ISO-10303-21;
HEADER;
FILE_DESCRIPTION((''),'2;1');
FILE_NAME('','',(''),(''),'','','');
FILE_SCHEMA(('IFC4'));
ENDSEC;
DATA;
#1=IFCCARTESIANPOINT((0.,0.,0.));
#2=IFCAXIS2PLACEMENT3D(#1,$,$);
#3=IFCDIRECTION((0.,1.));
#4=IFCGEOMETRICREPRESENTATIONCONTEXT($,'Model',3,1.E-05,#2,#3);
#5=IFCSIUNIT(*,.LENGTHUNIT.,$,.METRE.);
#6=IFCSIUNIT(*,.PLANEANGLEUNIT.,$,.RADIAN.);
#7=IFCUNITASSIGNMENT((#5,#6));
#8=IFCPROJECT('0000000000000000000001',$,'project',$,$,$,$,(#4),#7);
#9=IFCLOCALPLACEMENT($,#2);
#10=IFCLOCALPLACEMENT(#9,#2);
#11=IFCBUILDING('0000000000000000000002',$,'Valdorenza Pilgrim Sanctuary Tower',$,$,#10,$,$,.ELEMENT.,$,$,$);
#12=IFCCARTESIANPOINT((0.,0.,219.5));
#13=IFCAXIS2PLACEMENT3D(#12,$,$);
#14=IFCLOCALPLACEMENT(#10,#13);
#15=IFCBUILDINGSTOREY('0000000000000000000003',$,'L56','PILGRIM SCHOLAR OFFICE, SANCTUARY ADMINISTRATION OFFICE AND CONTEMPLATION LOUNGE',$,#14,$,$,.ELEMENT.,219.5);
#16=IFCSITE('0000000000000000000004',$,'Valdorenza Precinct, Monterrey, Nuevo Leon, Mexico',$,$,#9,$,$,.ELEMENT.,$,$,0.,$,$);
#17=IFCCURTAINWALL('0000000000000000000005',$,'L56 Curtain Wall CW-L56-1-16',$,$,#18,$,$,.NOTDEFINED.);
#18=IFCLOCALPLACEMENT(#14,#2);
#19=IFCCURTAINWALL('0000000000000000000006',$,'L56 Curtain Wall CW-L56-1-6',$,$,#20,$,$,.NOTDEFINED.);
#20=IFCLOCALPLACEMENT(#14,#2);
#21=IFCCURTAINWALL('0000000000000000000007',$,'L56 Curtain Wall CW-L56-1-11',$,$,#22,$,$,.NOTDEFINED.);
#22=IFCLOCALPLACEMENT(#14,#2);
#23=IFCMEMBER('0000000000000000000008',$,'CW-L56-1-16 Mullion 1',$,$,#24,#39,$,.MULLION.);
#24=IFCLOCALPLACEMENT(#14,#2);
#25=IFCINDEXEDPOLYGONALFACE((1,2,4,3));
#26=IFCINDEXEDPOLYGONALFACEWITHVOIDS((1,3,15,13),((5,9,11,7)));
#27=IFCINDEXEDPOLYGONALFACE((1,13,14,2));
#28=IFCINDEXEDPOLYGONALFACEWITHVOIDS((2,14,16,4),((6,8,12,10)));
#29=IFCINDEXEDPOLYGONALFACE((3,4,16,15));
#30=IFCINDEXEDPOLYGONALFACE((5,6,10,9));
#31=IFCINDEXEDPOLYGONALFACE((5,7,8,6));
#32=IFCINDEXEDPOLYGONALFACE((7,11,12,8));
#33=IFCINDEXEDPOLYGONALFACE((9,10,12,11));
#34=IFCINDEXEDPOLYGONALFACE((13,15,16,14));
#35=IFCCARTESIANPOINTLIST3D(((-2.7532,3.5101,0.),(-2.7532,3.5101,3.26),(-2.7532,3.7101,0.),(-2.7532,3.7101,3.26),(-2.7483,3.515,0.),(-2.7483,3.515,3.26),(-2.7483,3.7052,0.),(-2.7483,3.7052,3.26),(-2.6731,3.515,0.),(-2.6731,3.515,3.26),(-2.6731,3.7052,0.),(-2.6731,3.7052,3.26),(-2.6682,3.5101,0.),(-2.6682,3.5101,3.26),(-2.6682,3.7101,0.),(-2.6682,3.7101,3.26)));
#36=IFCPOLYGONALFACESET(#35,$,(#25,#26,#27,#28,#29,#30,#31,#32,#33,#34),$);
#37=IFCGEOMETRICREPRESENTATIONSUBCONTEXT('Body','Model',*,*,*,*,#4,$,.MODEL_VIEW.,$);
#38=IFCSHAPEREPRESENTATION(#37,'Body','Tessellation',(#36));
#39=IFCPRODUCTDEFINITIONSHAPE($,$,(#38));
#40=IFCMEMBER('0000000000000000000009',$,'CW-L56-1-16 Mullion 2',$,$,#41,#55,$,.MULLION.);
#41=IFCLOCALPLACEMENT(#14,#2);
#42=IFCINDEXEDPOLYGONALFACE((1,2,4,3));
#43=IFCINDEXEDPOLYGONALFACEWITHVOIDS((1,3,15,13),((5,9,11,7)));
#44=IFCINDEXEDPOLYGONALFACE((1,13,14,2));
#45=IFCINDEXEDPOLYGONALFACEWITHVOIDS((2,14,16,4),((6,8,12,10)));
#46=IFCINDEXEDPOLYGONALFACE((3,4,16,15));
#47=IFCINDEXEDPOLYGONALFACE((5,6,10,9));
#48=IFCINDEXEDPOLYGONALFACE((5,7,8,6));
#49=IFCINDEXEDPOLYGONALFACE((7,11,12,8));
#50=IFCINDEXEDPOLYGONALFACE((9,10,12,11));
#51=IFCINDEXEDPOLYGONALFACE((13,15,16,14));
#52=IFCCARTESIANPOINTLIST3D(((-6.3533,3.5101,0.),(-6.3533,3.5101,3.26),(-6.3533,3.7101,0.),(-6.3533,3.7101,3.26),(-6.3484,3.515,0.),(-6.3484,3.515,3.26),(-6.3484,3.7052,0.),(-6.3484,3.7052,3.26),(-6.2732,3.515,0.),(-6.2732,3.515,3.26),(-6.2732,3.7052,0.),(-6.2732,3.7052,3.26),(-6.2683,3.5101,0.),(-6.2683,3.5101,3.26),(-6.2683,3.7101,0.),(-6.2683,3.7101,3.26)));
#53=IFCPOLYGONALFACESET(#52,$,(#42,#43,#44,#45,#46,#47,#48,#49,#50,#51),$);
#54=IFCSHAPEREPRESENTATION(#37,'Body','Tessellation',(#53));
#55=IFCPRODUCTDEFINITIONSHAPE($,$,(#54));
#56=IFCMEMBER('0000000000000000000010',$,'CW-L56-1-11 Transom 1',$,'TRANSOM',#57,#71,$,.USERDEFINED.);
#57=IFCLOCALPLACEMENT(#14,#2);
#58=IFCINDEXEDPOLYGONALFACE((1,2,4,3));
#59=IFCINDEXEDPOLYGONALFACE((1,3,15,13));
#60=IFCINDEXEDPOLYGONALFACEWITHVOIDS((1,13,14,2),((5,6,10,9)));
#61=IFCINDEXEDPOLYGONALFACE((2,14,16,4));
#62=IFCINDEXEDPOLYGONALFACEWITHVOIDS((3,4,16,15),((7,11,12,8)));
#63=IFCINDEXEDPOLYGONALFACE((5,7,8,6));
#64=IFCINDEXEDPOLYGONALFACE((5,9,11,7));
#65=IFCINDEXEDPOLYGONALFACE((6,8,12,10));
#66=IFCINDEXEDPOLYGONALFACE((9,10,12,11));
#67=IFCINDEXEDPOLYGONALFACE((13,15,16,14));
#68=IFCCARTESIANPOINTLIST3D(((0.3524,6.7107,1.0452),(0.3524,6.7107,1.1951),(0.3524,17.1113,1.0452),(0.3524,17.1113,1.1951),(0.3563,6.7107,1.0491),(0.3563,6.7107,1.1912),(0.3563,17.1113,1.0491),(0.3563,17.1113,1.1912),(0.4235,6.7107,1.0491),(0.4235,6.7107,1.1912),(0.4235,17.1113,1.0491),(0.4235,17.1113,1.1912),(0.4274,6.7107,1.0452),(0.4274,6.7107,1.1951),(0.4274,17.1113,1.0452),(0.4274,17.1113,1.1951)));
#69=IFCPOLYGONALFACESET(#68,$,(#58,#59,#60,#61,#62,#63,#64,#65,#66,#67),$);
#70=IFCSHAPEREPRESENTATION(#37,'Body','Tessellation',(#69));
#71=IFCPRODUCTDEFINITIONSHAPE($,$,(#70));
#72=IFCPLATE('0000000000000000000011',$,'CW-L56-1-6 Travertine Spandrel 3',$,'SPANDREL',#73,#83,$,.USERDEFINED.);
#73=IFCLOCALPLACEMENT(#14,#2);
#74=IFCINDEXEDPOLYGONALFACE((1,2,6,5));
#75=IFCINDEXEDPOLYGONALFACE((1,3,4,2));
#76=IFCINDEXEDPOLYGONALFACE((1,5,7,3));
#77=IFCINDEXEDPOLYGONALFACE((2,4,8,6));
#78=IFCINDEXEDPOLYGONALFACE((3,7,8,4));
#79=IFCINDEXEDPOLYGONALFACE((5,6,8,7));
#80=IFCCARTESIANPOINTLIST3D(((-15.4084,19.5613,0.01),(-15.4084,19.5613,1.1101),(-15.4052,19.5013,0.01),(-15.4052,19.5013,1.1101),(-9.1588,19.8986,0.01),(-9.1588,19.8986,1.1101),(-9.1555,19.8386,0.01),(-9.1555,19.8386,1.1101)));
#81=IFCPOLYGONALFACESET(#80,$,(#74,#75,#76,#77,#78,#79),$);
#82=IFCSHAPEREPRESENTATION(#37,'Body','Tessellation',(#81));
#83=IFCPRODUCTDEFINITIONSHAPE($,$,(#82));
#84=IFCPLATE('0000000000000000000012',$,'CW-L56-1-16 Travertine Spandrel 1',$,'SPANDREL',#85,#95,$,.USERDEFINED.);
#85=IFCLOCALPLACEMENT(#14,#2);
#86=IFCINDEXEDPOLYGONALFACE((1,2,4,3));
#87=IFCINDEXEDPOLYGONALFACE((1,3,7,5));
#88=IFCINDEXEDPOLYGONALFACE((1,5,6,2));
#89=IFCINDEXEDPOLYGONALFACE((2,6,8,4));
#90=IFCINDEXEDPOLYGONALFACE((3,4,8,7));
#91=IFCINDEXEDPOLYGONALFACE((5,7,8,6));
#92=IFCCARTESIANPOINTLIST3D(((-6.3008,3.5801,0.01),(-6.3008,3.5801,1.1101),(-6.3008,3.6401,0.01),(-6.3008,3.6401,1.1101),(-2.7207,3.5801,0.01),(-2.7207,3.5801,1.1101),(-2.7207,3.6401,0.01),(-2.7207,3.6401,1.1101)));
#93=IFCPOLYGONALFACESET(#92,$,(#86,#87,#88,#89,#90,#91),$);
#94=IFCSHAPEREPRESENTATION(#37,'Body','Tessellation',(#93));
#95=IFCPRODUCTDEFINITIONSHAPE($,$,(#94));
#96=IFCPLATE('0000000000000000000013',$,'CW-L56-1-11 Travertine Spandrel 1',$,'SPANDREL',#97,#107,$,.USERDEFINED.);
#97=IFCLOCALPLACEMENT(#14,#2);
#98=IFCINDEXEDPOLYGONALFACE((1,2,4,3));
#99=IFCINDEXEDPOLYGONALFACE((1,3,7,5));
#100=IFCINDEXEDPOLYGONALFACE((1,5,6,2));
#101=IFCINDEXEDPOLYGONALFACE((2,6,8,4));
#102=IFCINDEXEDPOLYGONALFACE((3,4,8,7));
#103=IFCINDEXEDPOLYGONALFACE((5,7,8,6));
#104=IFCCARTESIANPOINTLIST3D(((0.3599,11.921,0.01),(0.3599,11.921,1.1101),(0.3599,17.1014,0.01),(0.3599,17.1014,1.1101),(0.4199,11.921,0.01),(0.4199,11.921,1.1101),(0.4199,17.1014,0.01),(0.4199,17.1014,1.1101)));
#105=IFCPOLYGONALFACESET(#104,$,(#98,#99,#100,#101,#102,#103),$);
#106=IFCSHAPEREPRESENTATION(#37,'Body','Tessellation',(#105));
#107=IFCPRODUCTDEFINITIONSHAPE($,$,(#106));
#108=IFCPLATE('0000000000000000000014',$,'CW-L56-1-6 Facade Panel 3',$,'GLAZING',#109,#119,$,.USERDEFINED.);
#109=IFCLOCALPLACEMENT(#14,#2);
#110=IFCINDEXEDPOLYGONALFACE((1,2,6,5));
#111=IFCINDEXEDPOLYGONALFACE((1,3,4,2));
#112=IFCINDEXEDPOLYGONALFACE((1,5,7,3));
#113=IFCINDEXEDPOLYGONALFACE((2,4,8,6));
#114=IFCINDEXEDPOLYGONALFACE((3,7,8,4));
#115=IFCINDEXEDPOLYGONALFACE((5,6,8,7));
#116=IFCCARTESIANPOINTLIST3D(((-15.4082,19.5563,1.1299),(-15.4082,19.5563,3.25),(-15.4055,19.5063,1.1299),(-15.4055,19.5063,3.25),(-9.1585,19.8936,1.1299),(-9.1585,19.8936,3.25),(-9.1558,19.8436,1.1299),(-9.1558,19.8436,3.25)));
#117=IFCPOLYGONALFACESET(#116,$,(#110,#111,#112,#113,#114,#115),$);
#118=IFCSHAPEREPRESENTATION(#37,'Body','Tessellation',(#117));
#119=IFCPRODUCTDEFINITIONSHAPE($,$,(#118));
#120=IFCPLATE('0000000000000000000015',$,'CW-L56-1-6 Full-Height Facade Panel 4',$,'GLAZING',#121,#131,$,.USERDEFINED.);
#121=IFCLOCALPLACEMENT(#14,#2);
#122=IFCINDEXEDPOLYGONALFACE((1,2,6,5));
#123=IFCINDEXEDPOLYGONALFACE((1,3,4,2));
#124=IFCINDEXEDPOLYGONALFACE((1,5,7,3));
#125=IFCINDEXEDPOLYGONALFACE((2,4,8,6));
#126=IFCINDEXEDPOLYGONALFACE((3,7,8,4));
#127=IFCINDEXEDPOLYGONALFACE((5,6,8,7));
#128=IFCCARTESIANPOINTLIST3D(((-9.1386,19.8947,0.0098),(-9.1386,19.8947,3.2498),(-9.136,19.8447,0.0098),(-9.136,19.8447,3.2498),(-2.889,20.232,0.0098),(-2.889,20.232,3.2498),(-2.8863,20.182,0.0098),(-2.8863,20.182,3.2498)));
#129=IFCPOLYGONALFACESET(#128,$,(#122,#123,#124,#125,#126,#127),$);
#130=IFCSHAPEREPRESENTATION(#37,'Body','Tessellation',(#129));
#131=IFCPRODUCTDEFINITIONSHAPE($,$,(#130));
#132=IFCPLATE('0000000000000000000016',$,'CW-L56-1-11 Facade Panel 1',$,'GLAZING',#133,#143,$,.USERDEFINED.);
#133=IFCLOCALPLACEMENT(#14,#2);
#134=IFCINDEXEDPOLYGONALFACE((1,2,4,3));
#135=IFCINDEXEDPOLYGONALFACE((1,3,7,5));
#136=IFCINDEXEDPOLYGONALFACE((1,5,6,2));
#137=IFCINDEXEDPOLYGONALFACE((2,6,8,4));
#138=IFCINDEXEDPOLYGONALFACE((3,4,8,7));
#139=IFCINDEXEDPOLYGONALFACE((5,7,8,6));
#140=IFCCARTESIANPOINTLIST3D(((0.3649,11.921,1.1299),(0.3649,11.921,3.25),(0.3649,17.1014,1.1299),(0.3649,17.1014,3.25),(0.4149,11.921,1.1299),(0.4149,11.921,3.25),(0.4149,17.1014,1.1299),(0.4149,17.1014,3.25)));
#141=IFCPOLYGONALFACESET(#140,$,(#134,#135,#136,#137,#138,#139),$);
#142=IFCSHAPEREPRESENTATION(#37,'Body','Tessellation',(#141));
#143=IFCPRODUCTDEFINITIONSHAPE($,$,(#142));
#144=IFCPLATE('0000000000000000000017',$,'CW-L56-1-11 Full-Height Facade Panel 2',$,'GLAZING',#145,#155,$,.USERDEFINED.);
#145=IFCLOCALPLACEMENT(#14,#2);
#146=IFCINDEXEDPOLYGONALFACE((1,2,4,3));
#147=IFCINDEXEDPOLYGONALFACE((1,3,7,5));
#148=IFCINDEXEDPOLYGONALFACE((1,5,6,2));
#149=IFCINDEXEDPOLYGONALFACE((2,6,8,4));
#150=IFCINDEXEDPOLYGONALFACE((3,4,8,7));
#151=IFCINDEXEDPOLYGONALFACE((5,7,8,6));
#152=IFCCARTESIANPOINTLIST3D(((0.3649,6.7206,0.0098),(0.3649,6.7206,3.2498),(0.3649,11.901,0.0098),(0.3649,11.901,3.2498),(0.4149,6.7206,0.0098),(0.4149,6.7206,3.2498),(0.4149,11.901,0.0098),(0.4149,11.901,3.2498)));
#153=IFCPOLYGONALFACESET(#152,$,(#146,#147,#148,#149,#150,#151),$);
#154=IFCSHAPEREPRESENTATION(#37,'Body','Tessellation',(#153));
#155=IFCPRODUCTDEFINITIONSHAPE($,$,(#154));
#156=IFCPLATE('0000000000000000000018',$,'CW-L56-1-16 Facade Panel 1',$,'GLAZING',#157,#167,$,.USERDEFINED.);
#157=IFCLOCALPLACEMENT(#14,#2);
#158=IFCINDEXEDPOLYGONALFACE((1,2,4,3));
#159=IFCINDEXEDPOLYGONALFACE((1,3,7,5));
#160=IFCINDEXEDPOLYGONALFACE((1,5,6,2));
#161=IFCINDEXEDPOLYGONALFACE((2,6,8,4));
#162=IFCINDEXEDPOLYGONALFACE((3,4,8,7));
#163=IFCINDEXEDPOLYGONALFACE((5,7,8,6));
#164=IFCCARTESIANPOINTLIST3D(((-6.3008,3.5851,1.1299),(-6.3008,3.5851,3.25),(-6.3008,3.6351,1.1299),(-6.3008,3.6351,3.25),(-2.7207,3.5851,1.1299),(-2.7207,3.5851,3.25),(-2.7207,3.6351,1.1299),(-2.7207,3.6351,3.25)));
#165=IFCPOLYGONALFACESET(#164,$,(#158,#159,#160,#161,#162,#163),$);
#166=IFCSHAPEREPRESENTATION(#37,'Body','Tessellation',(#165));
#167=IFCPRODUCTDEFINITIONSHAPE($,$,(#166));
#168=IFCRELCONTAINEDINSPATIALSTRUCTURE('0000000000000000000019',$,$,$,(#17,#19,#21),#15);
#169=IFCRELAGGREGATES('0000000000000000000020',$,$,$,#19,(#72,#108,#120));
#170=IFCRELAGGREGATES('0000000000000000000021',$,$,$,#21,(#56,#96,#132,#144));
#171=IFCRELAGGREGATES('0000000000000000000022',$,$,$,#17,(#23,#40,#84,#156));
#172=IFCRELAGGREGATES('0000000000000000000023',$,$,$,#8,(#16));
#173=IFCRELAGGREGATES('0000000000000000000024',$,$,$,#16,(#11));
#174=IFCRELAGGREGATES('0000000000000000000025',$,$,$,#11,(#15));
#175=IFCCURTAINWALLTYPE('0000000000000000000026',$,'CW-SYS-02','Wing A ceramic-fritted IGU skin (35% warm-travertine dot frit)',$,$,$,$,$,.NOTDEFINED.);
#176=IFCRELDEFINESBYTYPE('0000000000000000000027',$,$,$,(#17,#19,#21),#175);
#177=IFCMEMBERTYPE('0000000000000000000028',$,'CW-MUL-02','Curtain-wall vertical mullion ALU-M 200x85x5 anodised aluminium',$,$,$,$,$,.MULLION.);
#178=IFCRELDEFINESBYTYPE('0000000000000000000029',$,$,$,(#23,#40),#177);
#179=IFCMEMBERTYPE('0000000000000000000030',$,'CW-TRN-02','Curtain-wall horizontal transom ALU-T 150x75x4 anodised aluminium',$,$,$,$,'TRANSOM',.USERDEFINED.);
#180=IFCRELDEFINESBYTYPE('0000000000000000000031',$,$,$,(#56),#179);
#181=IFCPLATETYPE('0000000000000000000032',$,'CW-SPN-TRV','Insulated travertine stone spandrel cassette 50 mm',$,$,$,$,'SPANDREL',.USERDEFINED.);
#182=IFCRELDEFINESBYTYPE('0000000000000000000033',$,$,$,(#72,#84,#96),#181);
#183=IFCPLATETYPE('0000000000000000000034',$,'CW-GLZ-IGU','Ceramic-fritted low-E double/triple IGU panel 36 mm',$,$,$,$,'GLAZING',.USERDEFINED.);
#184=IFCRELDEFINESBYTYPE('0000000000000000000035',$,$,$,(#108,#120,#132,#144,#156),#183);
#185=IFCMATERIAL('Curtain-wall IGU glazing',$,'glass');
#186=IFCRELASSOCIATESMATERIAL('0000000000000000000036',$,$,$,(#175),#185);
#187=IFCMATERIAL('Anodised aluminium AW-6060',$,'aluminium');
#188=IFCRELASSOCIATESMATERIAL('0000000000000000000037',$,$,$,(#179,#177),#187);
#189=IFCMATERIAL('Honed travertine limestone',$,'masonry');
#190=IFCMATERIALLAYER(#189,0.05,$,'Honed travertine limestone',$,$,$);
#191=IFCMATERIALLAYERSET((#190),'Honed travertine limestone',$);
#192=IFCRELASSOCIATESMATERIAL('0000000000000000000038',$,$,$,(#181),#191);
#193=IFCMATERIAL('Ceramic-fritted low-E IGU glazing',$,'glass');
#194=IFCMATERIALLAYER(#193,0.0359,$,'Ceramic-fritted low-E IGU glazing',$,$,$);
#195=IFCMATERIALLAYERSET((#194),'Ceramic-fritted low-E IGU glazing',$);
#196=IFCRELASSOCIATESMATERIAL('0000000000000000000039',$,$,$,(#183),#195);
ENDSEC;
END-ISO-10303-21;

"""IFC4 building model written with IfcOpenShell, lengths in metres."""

from ifc_helpers import new_model, si_unit, direction, frame, origin, origin_2d, place, context, subcontext, project, spatial, rectangle, hollow_rectangle, extrude, source, transform, mapped, material, layer, layer_set, material_profile, profile_set, type_object, element, aggregate, save


model = new_model("IFC4")

# Units and contexts
model_context = context("Model", 3, precision=1e-05, world=origin(), true_north=direction((0.0, 1.0)))
body_context = subcontext(model_context, "Body", "Model", "MODEL_VIEW")
ifc_project = project(units=[si_unit("LENGTHUNIT", "METRE"), si_unit("PLANEANGLEUNIT", "RADIAN")], contexts=[model_context])

# Site, building, storey
site_placement = place(None, origin())
site = spatial("IfcSite", under=ifc_project, at=site_placement, Name="Valdorenza Precinct, Monterrey, Nuevo Leon, Mexico", CompositionType="ELEMENT", RefElevation=0.0)
building_placement = place(site_placement, origin())
building = spatial("IfcBuilding", under=site, at=building_placement, Name="Valdorenza Pilgrim Sanctuary Tower", CompositionType="ELEMENT")
storey_placement = place(building_placement, frame((0.0, 0.0, 219.5)))
storey = spatial("IfcBuildingStorey", under=building, at=storey_placement, Name="L56", Description="PILGRIM SCHOLAR OFFICE, SANCTUARY ADMINISTRATION OFFICE AND CONTEMPLATION LOUNGE", CompositionType="ELEMENT", Elevation=219.5)

# Curtain wall
ifc_material_1 = material(Name="Curtain-wall IGU glazing", Category="glass")
curtain_wall_type = type_object("IfcCurtainWallType", Name="CW-SYS-02", Description="Wing A ceramic-fritted IGU skin (35% warm-travertine dot frit)", PredefinedType="NOTDEFINED", material=ifc_material_1)
curtain_wall_1_placement = place(storey_placement, origin())
curtain_wall_1 = element("IfcCurtainWall", 1, at=curtain_wall_1_placement, inside=storey, type_object=curtain_wall_type, Name="L56 Curtain Wall CW-L56-1-16", PredefinedType="NOTDEFINED")
ifc_material_2 = material(Name="Anodised aluminium AW-6060", Category="aluminium")
ifc_material_profile_1 = material_profile(ifc_material_2, hollow_rectangle(XDim=0.075, YDim=0.1499, WallThickness=0.0039, at=origin_2d()), Name="ALU-T 150x75x4")
ifc_profile_set_1 = profile_set([ifc_material_profile_1], Name="Anodised aluminium AW-6060")
member_type_1 = type_object("IfcMemberType", Name="CW-TRN-02", Description="Curtain-wall horizontal transom ALU-T 150x75x4 anodised aluminium", ElementType="TRANSOM", PredefinedType="USERDEFINED", material=ifc_profile_set_1)

# Curtain walls
curtain_wall_2_placement = place(storey_placement, origin())
curtain_wall_2 = element("IfcCurtainWall", 2, at=curtain_wall_2_placement, inside=storey, type_object=curtain_wall_type, Name="L56 Curtain Wall CW-L56-1-6", PredefinedType="NOTDEFINED")
ifc_material_profile_2 = material_profile(ifc_material_2, hollow_rectangle(XDim=0.085, YDim=0.2, WallThickness=0.0049, at=origin_2d()), Name="ALU-M 200x85x5")
ifc_profile_set_2 = profile_set([ifc_material_profile_2], Name="Anodised aluminium AW-6060")
member_type_2 = type_object("IfcMemberType", Name="CW-MUL-02", Description="Curtain-wall vertical mullion ALU-M 200x85x5 anodised aluminium", PredefinedType="MULLION", material=ifc_profile_set_2)
shared_shape_1 = source(origin(), body_context, "Body", "SweptSolid", [
    extrude(hollow_rectangle(XDim=0.085, YDim=0.2, WallThickness=0.0049, at=origin_2d()), origin(), (0.0, 0.0, 1.0), 3.26),
])
curtain_wall_3_placement = place(storey_placement, origin())
curtain_wall_3 = element("IfcCurtainWall", 3, at=curtain_wall_3_placement, inside=storey, type_object=curtain_wall_type, Name="L56 Curtain Wall CW-L56-1-11", PredefinedType="NOTDEFINED")

# Members
member_1_placement = place(storey_placement, frame((-2.7107, 3.6101, 0.0), z_axis=(0.0, 0.0, 1.0), x_axis=(-1.0, 0.0, 0.0)))
member_1 = element("IfcMember", 4, at=member_1_placement, type_object=member_type_2, Name="CW-L56-1-16 Mullion 1", PredefinedType="MULLION", context=body_context, shape_type="MappedRepresentation", body=[
    mapped(shared_shape_1, transform((0.0, 0.0, 0.0), x_axis=(1.0, 0.0, 0.0), y_axis=(0.0, 1.0, 0.0), z_axis=(0.0, 0.0, 1.0), scale=1.0)),
])
member_2_placement = place(storey_placement, frame((-6.3108, 3.6101, 0.0), z_axis=(0.0, 0.0, 1.0), x_axis=(-1.0, 0.0, 0.0)))
member_2 = element("IfcMember", 5, at=member_2_placement, type_object=member_type_2, Name="CW-L56-1-16 Mullion 2", PredefinedType="MULLION", context=body_context, shape_type="MappedRepresentation", body=[
    mapped(shared_shape_1, transform((0.0, 0.0, 0.0), x_axis=(1.0, 0.0, 0.0), y_axis=(0.0, 1.0, 0.0), z_axis=(0.0, 0.0, 1.0), scale=1.0)),
])
shared_shape_2 = source(origin(), body_context, "Body", "SweptSolid", [
    extrude(hollow_rectangle(XDim=0.075, YDim=0.1499, WallThickness=0.0039, at=origin_2d()), origin(), (0.0, 0.0, 1.0), 10.4006),
])
member_3_placement = place(storey_placement, frame((0.3899, 17.1113, 1.1201), z_axis=(0.0, -1.0, 0.0), x_axis=(1.0, 0.0, 0.0)))
member_3 = element("IfcMember", 6, at=member_3_placement, type_object=member_type_1, Name="CW-L56-1-11 Transom 1", ObjectType="TRANSOM", PredefinedType="USERDEFINED", context=body_context, shape_type="MappedRepresentation", body=[
    mapped(shared_shape_2, transform((0.0, 0.0, 0.0), x_axis=(1.0, 0.0, 0.0), y_axis=(0.0, 1.0, 0.0), z_axis=(0.0, 0.0, 1.0), scale=1.0)),
])

# Plates
ifc_material_3 = material(Name="Honed travertine limestone", Category="masonry")
ifc_layer_1 = layer(ifc_material_3, 0.05, Name="Honed travertine limestone")
ifc_layer_set_1 = layer_set([ifc_layer_1], Name="Honed travertine limestone")
plate_type_1 = type_object("IfcPlateType", Name="CW-SPN-TRV", Description="Insulated travertine stone spandrel cassette 50 mm", ElementType="SPANDREL", PredefinedType="USERDEFINED", material=ifc_layer_set_1)
shared_shape_3 = source(origin(), body_context, "Body", "SweptSolid", [
    extrude(rectangle(XDim=6.2588, YDim=0.0601, at=origin_2d()), origin(), (0.0, 0.0, 1.0), 1.1001),
])
plate_1_placement = place(storey_placement, frame((-12.282, 19.7, 0.01), z_axis=(0.0, 0.0, 1.0), x_axis=(0.998547, 0.053887, 0.0)))
plate_1 = element("IfcPlate", 7, at=plate_1_placement, type_object=plate_type_1, Name="CW-L56-1-6 Travertine Spandrel 3", ObjectType="SPANDREL", PredefinedType="USERDEFINED", context=body_context, shape_type="MappedRepresentation", body=[
    mapped(shared_shape_3, transform((0.0, 0.0, 0.0), x_axis=(1.0, 0.0, 0.0), y_axis=(0.0, 1.0, 0.0), z_axis=(0.0, 0.0, 1.0), scale=1.0)),
])
shared_shape_4 = source(origin(), body_context, "Body", "SweptSolid", [
    extrude(rectangle(XDim=3.5801, YDim=0.0601, at=origin_2d()), origin(), (0.0, 0.0, 1.0), 1.1001),
])
plate_2_placement = place(storey_placement, frame((-4.5107, 3.6101, 0.01), z_axis=(0.0, 0.0, 1.0), x_axis=(-1.0, 0.0, 0.0)))
plate_2 = element("IfcPlate", 8, at=plate_2_placement, type_object=plate_type_1, Name="CW-L56-1-16 Travertine Spandrel 1", ObjectType="SPANDREL", PredefinedType="USERDEFINED", context=body_context, shape_type="MappedRepresentation", body=[
    mapped(shared_shape_4, transform((0.0, 0.0, 0.0), x_axis=(1.0, 0.0, 0.0), y_axis=(0.0, 1.0, 0.0), z_axis=(0.0, 0.0, 1.0), scale=1.0)),
])
shared_shape_5 = source(origin(), body_context, "Body", "SweptSolid", [
    extrude(rectangle(XDim=5.1804, YDim=0.0601, at=origin_2d()), origin(), (0.0, 0.0, 1.0), 1.1001),
])
plate_3_placement = place(storey_placement, frame((0.3899, 14.5112, 0.01), z_axis=(0.0, 0.0, 1.0), x_axis=(0.0, -1.0, 0.0)))
plate_3 = element("IfcPlate", 9, at=plate_3_placement, type_object=plate_type_1, Name="CW-L56-1-11 Travertine Spandrel 1", ObjectType="SPANDREL", PredefinedType="USERDEFINED", context=body_context, shape_type="MappedRepresentation", body=[
    mapped(shared_shape_5, transform((0.0, 0.0, 0.0), x_axis=(1.0, 0.0, 0.0), y_axis=(0.0, 1.0, 0.0), z_axis=(0.0, 0.0, 1.0), scale=1.0)),
])
ifc_material_4 = material(Name="Ceramic-fritted low-E IGU glazing", Category="glass")
ifc_layer_2 = layer(ifc_material_4, 0.0359, Name="Ceramic-fritted low-E IGU glazing")
ifc_layer_set_2 = layer_set([ifc_layer_2], Name="Ceramic-fritted low-E IGU glazing")
plate_type_2 = type_object("IfcPlateType", Name="CW-GLZ-IGU", Description="Ceramic-fritted low-E double/triple IGU panel 36 mm", ElementType="GLAZING", PredefinedType="USERDEFINED", material=ifc_layer_set_2)
shared_shape_6 = source(origin(), body_context, "Body", "SweptSolid", [
    extrude(rectangle(XDim=6.2588, YDim=0.05, at=origin_2d()), origin(), (0.0, 0.0, 1.0), 2.1201),
])
plate_4_placement = place(storey_placement, frame((-12.282, 19.7, 1.1299), z_axis=(0.0, 0.0, 1.0), x_axis=(0.998547, 0.053887, 0.0)))
plate_4 = element("IfcPlate", 10, at=plate_4_placement, type_object=plate_type_2, Name="CW-L56-1-6 Facade Panel 3", ObjectType="GLAZING", PredefinedType="USERDEFINED", context=body_context, shape_type="MappedRepresentation", body=[
    mapped(shared_shape_6, transform((0.0, 0.0, 0.0), x_axis=(1.0, 0.0, 0.0), y_axis=(0.0, 1.0, 0.0), z_axis=(0.0, 0.0, 1.0), scale=1.0)),
])
shared_shape_7 = source(origin(), body_context, "Body", "SweptSolid", [
    extrude(rectangle(XDim=6.2588, YDim=0.05, at=origin_2d()), origin(), (0.0, 0.0, 1.0), 3.24),
])
plate_5_placement = place(storey_placement, frame((-6.0125, 20.0383, 0.0098), z_axis=(0.0, 0.0, 1.0), x_axis=(0.998547, 0.053887, 0.0)))
plate_5 = element("IfcPlate", 11, at=plate_5_placement, type_object=plate_type_2, Name="CW-L56-1-6 Full-Height Facade Panel 4", ObjectType="GLAZING", PredefinedType="USERDEFINED", context=body_context, shape_type="MappedRepresentation", body=[
    mapped(shared_shape_7, transform((0.0, 0.0, 0.0), x_axis=(1.0, 0.0, 0.0), y_axis=(0.0, 1.0, 0.0), z_axis=(0.0, 0.0, 1.0), scale=1.0)),
])
aggregate(curtain_wall_2, [plate_1, plate_4, plate_5])
shared_shape_8 = source(origin(), body_context, "Body", "SweptSolid", [
    extrude(rectangle(XDim=5.1804, YDim=0.05, at=origin_2d()), origin(), (0.0, 0.0, 1.0), 2.1201),
])
plate_6_placement = place(storey_placement, frame((0.3899, 14.5112, 1.1299), z_axis=(0.0, 0.0, 1.0), x_axis=(0.0, -1.0, 0.0)))
plate_6 = element("IfcPlate", 12, at=plate_6_placement, type_object=plate_type_2, Name="CW-L56-1-11 Facade Panel 1", ObjectType="GLAZING", PredefinedType="USERDEFINED", context=body_context, shape_type="MappedRepresentation", body=[
    mapped(shared_shape_8, transform((0.0, 0.0, 0.0), x_axis=(1.0, 0.0, 0.0), y_axis=(0.0, 1.0, 0.0), z_axis=(0.0, 0.0, 1.0), scale=1.0)),
])
shared_shape_9 = source(origin(), body_context, "Body", "SweptSolid", [
    extrude(rectangle(XDim=5.1804, YDim=0.05, at=origin_2d()), origin(), (0.0, 0.0, 1.0), 3.24),
])
plate_7_placement = place(storey_placement, frame((0.3899, 9.3108, 0.0098), z_axis=(0.0, 0.0, 1.0), x_axis=(0.0, -1.0, 0.0)))
plate_7 = element("IfcPlate", 13, at=plate_7_placement, type_object=plate_type_2, Name="CW-L56-1-11 Full-Height Facade Panel 2", ObjectType="GLAZING", PredefinedType="USERDEFINED", context=body_context, shape_type="MappedRepresentation", body=[
    mapped(shared_shape_9, transform((0.0, 0.0, 0.0), x_axis=(1.0, 0.0, 0.0), y_axis=(0.0, 1.0, 0.0), z_axis=(0.0, 0.0, 1.0), scale=1.0)),
])
aggregate(curtain_wall_3, [member_3, plate_3, plate_6, plate_7])
shared_shape_10 = source(origin(), body_context, "Body", "SweptSolid", [
    extrude(rectangle(XDim=3.5801, YDim=0.05, at=origin_2d()), origin(), (0.0, 0.0, 1.0), 2.1201),
])
plate_8_placement = place(storey_placement, frame((-4.5107, 3.6101, 1.1299), z_axis=(0.0, 0.0, 1.0), x_axis=(-1.0, 0.0, 0.0)))
plate_8 = element("IfcPlate", 14, at=plate_8_placement, type_object=plate_type_2, Name="CW-L56-1-16 Facade Panel 1", ObjectType="GLAZING", PredefinedType="USERDEFINED", context=body_context, shape_type="MappedRepresentation", body=[
    mapped(shared_shape_10, transform((0.0, 0.0, 0.0), x_axis=(1.0, 0.0, 0.0), y_axis=(0.0, 1.0, 0.0), z_axis=(0.0, 0.0, 1.0), scale=1.0)),
])
aggregate(curtain_wall_1, [member_1, member_2, plate_2, plate_8])

save(model, "model.ifc")
